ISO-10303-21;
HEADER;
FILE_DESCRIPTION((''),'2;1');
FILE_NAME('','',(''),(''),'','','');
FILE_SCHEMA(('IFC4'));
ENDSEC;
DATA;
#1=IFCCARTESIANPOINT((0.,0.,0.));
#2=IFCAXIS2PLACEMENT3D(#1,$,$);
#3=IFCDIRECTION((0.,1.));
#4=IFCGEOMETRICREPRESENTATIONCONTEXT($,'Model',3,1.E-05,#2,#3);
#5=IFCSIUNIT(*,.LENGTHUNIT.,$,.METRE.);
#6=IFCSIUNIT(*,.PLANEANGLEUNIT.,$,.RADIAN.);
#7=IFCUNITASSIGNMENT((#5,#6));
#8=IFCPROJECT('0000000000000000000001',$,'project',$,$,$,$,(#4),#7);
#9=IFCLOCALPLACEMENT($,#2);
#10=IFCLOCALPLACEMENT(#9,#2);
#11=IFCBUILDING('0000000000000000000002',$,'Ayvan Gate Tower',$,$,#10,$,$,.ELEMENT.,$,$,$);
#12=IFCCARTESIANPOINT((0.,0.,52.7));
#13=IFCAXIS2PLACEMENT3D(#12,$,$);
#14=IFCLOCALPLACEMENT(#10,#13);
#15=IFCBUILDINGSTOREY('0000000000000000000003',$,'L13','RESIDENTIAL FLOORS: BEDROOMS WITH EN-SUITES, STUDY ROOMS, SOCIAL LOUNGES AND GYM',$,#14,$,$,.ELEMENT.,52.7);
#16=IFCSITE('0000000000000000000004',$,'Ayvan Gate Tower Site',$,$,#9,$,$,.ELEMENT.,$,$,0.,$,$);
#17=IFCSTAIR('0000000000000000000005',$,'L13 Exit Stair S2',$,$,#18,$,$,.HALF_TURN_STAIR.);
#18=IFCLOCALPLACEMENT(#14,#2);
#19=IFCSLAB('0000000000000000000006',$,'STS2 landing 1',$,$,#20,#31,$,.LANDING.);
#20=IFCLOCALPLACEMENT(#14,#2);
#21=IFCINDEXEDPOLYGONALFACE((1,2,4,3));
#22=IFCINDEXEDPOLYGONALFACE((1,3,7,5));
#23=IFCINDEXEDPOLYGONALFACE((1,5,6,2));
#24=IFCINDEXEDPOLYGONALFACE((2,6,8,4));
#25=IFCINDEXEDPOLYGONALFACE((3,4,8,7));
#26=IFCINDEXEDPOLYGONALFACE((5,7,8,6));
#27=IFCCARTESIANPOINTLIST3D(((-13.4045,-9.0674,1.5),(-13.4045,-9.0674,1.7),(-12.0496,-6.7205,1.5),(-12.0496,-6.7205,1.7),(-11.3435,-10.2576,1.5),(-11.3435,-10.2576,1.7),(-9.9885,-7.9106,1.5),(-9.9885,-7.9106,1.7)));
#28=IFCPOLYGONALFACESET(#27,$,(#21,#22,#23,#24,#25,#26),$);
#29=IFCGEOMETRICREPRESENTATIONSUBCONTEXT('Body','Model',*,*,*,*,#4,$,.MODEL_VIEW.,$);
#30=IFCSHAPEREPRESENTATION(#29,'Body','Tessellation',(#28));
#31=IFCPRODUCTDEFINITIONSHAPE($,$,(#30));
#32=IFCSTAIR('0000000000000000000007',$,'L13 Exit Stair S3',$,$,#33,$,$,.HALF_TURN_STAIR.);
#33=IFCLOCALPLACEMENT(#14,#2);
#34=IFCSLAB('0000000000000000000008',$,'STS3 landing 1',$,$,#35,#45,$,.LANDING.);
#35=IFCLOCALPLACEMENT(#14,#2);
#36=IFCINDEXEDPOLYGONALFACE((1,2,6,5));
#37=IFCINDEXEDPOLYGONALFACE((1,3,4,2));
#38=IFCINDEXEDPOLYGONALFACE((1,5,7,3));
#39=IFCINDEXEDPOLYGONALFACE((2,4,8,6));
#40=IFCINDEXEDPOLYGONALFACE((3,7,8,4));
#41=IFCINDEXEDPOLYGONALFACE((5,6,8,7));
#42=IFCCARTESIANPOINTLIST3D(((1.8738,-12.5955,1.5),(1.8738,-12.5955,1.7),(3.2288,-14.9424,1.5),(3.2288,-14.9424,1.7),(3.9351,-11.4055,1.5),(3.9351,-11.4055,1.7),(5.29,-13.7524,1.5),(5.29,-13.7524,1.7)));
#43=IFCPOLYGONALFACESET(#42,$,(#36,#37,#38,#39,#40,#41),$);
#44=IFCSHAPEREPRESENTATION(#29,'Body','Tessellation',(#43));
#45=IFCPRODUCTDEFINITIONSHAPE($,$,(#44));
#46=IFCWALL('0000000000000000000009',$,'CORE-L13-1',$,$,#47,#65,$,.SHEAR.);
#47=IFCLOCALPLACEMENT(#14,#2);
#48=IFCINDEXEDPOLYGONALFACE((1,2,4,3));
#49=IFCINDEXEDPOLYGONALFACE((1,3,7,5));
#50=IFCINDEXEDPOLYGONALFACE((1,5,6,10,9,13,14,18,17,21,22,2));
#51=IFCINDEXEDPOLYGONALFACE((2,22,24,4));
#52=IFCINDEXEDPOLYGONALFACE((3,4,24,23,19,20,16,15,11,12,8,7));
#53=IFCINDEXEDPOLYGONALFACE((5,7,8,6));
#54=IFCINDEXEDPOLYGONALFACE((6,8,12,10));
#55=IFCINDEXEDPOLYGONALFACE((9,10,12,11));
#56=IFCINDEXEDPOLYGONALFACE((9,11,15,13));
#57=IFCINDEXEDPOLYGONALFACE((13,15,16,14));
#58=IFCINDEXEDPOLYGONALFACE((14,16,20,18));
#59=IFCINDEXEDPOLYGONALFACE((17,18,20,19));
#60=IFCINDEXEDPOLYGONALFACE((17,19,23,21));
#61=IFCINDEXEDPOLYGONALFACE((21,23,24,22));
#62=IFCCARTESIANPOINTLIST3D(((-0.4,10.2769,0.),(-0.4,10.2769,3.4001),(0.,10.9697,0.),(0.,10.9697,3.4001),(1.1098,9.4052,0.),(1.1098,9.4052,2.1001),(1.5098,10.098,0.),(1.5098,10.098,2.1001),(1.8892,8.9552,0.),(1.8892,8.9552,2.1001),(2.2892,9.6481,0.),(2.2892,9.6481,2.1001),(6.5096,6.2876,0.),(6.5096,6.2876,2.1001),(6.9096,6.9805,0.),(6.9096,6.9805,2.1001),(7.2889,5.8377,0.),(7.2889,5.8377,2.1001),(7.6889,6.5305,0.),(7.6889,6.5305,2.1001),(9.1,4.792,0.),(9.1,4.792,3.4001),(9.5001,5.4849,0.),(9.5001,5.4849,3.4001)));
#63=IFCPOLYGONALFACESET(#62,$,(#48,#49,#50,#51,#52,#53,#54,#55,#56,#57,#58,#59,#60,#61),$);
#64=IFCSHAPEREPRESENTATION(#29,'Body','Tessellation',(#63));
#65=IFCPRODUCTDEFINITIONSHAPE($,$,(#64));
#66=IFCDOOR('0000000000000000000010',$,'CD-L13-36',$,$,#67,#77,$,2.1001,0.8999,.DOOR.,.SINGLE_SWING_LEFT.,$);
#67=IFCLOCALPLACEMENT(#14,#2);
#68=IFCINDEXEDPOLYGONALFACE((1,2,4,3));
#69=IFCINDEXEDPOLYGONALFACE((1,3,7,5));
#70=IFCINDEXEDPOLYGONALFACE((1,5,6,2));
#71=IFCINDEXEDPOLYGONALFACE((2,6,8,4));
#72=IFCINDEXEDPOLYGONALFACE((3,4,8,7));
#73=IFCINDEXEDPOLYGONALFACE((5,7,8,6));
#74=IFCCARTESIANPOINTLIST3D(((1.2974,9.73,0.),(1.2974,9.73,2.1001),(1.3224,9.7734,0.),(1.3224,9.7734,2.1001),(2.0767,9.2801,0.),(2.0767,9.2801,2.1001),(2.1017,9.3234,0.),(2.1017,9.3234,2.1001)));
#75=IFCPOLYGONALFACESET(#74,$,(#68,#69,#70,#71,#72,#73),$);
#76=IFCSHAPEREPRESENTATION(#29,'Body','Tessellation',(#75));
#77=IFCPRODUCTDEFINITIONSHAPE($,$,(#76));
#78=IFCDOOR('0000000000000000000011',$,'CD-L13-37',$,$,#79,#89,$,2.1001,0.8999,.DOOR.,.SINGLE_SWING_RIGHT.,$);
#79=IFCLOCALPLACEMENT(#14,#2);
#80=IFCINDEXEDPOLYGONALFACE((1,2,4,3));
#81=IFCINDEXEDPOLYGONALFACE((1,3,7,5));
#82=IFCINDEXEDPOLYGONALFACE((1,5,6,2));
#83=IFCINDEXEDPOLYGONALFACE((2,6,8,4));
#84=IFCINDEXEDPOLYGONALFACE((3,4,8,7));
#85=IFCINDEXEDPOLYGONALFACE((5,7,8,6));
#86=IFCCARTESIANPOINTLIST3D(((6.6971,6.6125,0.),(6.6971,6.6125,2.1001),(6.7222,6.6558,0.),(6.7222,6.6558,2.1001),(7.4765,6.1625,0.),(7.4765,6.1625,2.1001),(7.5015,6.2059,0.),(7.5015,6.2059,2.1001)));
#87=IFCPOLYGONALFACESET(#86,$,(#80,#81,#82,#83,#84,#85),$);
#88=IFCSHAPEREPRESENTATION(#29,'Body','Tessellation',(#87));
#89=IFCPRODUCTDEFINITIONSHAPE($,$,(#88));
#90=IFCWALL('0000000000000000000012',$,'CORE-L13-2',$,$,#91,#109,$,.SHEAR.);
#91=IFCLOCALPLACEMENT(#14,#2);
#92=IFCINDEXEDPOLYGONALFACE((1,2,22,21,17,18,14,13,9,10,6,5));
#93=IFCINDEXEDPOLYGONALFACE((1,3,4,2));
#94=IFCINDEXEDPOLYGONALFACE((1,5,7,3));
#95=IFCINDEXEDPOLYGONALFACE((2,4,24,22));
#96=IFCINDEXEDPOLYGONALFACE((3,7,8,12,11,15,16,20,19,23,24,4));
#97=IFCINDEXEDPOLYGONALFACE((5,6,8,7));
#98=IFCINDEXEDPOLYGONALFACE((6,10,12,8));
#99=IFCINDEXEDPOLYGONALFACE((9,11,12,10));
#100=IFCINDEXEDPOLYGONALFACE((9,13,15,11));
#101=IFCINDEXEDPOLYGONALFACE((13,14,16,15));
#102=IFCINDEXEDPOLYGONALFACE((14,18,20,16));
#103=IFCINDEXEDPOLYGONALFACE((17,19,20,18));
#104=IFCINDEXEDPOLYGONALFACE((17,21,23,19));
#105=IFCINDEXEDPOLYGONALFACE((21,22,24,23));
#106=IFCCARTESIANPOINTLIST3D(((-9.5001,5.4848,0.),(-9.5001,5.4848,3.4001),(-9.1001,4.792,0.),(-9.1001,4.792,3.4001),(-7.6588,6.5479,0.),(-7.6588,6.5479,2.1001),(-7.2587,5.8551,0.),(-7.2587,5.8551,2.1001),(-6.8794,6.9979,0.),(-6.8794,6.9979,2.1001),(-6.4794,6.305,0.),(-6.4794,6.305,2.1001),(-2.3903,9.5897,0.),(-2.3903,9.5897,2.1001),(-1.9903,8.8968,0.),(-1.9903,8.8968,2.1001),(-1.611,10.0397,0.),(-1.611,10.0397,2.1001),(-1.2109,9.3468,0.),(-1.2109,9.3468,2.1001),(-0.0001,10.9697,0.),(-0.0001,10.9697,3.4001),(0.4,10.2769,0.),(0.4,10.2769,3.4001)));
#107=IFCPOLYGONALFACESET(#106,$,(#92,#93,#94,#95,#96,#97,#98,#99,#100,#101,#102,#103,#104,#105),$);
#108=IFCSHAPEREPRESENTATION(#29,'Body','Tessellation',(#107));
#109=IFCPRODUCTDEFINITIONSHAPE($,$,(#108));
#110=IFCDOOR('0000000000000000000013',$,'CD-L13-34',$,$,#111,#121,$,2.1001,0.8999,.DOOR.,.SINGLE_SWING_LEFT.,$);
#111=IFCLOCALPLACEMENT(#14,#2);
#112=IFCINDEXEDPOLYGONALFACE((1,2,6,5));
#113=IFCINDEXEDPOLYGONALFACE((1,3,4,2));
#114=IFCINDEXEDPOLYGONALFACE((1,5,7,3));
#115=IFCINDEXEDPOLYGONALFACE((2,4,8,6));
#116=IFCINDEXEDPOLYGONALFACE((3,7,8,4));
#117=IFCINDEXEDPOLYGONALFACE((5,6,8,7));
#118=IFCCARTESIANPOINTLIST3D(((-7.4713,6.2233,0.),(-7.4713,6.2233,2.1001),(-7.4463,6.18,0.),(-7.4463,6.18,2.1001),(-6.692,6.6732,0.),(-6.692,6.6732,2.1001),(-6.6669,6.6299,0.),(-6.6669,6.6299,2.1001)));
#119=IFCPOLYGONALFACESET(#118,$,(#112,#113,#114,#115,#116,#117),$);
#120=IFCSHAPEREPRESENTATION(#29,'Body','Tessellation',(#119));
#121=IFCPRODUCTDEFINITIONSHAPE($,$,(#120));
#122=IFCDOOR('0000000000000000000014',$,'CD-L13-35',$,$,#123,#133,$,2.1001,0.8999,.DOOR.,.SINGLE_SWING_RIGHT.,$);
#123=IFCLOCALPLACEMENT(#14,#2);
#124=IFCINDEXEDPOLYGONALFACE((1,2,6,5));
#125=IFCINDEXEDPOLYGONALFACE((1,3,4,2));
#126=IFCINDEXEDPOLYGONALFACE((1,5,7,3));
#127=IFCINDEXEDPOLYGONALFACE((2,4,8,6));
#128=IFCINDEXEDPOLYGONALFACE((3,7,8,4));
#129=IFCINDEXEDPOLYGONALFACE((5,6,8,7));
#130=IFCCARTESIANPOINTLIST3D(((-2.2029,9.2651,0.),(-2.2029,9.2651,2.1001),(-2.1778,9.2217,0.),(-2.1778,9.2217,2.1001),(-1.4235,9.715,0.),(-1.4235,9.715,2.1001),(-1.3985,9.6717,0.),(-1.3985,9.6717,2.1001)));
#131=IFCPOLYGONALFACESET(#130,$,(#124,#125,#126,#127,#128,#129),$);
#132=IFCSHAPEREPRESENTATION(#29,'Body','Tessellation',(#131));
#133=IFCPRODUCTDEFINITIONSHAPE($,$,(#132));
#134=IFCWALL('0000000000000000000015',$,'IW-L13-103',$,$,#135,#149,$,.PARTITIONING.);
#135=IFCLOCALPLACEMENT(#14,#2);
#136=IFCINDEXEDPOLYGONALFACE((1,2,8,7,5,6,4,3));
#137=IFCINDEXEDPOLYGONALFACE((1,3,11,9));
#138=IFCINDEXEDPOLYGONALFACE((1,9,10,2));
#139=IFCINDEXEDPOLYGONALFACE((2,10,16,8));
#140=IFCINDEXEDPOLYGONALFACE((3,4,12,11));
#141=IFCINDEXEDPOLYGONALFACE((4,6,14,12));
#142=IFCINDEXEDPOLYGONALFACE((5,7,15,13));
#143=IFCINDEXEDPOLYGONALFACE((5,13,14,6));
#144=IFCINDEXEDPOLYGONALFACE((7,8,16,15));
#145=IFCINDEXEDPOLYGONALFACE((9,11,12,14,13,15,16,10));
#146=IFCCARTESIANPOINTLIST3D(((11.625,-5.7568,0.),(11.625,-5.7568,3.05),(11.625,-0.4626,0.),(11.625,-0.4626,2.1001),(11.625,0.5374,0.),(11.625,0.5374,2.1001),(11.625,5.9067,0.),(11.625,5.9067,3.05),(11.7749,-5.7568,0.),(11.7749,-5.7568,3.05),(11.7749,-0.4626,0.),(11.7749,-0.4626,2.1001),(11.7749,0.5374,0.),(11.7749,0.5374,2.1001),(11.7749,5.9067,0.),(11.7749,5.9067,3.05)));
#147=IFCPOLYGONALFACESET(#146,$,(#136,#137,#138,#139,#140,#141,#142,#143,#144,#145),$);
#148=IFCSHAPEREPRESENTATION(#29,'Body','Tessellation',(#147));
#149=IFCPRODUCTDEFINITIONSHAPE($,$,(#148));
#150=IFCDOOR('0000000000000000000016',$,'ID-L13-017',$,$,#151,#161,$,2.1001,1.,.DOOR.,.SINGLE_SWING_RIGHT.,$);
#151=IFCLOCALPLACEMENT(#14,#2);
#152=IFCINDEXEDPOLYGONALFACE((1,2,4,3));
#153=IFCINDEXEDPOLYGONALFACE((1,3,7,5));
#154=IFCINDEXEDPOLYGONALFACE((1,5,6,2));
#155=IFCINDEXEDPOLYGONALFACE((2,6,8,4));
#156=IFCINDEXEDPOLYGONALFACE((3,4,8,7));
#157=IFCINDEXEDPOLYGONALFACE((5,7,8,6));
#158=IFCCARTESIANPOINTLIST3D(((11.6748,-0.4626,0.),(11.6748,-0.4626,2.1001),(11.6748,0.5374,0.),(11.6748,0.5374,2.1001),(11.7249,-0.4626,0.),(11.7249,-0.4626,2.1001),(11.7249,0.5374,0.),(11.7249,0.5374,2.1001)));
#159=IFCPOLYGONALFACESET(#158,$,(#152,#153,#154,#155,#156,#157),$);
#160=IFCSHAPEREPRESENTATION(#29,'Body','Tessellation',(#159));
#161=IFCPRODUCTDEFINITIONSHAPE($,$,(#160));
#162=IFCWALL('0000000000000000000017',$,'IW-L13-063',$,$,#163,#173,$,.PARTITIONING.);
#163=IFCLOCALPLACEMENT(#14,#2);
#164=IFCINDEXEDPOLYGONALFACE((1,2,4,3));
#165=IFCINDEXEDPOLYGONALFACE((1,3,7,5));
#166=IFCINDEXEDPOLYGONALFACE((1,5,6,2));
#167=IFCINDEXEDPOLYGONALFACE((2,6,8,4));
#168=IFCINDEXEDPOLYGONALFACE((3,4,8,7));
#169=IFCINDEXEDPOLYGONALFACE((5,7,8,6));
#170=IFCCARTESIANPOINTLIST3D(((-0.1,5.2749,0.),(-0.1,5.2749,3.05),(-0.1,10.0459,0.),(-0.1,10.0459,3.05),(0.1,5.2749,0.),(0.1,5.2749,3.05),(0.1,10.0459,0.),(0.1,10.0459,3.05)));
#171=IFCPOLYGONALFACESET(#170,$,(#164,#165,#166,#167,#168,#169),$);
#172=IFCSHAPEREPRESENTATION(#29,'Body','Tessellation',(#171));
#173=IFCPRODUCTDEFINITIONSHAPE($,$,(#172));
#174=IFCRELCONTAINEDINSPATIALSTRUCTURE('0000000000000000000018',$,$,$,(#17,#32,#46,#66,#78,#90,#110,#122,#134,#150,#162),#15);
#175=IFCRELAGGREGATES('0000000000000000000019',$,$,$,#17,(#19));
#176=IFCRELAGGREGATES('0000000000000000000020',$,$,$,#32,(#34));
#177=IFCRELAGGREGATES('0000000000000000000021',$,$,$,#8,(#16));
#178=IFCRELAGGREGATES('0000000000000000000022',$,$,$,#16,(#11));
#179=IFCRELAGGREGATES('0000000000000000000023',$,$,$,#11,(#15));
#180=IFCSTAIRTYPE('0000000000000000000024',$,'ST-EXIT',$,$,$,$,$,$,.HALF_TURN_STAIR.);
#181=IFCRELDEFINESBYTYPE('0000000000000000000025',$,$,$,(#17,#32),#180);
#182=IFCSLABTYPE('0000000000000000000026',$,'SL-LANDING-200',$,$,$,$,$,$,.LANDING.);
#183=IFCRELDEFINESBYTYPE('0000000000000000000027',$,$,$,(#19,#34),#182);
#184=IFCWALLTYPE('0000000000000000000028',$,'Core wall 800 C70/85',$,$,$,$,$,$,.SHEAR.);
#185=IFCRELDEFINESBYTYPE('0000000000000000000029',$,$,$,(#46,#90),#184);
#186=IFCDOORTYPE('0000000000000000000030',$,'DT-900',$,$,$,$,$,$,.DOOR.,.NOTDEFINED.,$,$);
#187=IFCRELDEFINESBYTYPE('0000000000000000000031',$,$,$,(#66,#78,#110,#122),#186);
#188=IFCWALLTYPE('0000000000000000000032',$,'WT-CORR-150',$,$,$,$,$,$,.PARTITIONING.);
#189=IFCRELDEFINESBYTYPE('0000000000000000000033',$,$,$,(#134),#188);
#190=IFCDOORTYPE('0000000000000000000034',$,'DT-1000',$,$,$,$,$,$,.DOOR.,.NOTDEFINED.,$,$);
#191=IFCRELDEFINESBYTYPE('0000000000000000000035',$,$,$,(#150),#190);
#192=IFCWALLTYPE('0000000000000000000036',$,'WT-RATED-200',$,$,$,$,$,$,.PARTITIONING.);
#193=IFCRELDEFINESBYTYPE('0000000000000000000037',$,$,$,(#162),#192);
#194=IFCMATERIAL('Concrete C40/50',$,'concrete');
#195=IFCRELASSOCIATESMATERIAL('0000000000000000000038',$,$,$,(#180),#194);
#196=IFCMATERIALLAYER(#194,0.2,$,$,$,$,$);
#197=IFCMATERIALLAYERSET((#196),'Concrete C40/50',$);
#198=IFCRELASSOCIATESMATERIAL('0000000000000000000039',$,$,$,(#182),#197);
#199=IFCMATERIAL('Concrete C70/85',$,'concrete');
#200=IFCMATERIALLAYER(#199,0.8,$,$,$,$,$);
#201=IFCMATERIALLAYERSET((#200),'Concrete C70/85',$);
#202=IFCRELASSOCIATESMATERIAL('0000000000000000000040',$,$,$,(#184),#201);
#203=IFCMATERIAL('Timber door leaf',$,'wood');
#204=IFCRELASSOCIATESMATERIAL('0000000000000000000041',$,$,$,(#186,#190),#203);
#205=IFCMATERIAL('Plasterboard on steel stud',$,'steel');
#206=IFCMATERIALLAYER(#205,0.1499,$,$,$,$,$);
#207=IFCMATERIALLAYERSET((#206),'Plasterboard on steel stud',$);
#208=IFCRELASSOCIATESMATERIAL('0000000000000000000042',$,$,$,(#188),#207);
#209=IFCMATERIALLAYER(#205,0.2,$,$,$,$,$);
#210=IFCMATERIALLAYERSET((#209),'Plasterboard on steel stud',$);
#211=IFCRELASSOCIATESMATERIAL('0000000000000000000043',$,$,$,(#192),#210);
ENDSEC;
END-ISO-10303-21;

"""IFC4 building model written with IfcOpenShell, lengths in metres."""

from ifc_helpers import new_model, si_unit, direction, frame, frame_2d, origin, place, context, subcontext, project, spatial, polyline, rectangle, outline, extrude, material, layer, layer_set, type_object, element, fill, aggregate, save


model = new_model("IFC4")

# Units and contexts
model_context = context("Model", 3, precision=1e-05, world=origin(), true_north=direction((0.0, 1.0)))
body_context = subcontext(model_context, "Body", "Model", "MODEL_VIEW")
ifc_project = project(units=[si_unit("LENGTHUNIT", "METRE"), si_unit("PLANEANGLEUNIT", "RADIAN")], contexts=[model_context])

# Site, building, storey
site_placement = place(None, origin())
site = spatial("IfcSite", under=ifc_project, at=site_placement, Name="Ayvan Gate Tower Site", CompositionType="ELEMENT", RefElevation=0.0)
building_placement = place(site_placement, origin())
building = spatial("IfcBuilding", under=site, at=building_placement, Name="Ayvan Gate Tower", CompositionType="ELEMENT")
storey_placement = place(building_placement, frame((0.0, 0.0, 52.7)))
storey = spatial("IfcBuildingStorey", under=building, at=storey_placement, Name="L13", Description="RESIDENTIAL FLOORS: BEDROOMS WITH EN-SUITES, STUDY ROOMS, SOCIAL LOUNGES AND GYM", CompositionType="ELEMENT", Elevation=52.7)

# Stairs, slabs
ifc_material_1 = material(Name="Concrete C40/50", Category="concrete")
stair_type = type_object("IfcStairType", Name="ST-EXIT", PredefinedType="HALF_TURN_STAIR", material=ifc_material_1)
stair_1_placement = place(storey_placement, origin())
stair_1 = element("IfcStair", 1, at=stair_1_placement, inside=storey, type_object=stair_type, Name="L13 Exit Stair S2", PredefinedType="HALF_TURN_STAIR")
ifc_layer_1 = layer(ifc_material_1, 0.2)
ifc_layer_set_1 = layer_set([ifc_layer_1], Name="Concrete C40/50")
slab_type = type_object("IfcSlabType", Name="SL-LANDING-200", PredefinedType="LANDING", material=ifc_layer_set_1)
slab_1_placement = place(storey_placement, frame((0.0, 0.0, 1.5)))
slab_1 = element("IfcSlab", 2, at=slab_1_placement, type_object=slab_type, Name="STS2 landing 1", PredefinedType="LANDING", context=body_context, shape_type="SweptSolid", body=[
    extrude(outline(polyline([(-9.9885, -7.9106), (-12.0496, -6.7205), (-13.4045, -9.0674), (-11.3435, -10.2576), (-9.9885, -7.9106)])), origin(), (0.0, 0.0, 1.0), 0.2),
])
aggregate(stair_1, [slab_1])
stair_2_placement = place(storey_placement, origin())
stair_2 = element("IfcStair", 3, at=stair_2_placement, inside=storey, type_object=stair_type, Name="L13 Exit Stair S3", PredefinedType="HALF_TURN_STAIR")
slab_2_placement = place(storey_placement, frame((0.0, 0.0, 1.5)))
slab_2 = element("IfcSlab", 4, at=slab_2_placement, type_object=slab_type, Name="STS3 landing 1", PredefinedType="LANDING", context=body_context, shape_type="SweptSolid", body=[
    extrude(outline(polyline([(3.9351, -11.4055), (1.8738, -12.5955), (3.2288, -14.9424), (5.29, -13.7524), (3.9351, -11.4055)])), origin(), (0.0, 0.0, 1.0), 0.2),
])
aggregate(stair_2, [slab_2])

# Walls, openings, doors
ifc_material_2 = material(Name="Concrete C70/85", Category="concrete")
ifc_layer_2 = layer(ifc_material_2, 0.8)
ifc_layer_set_2 = layer_set([ifc_layer_2], Name="Concrete C70/85")
wall_type_1 = type_object("IfcWallType", Name="Core wall 800 C70/85", PredefinedType="SHEAR", material=ifc_layer_set_2)
wall_1_placement = place(storey_placement, frame((9.3, 5.1384, 0.0), z_axis=(0.0, 0.0, 1.0), x_axis=(-0.866024, 0.500002, 0.0)))
wall_1 = element("IfcWall", 5, at=wall_1_placement, inside=storey, type_object=wall_type_1, Name="CORE-L13-1", PredefinedType="SHEAR", context=body_context, shape_type="SweptSolid", body=[
    extrude(rectangle(XDim=10.9697, YDim=0.8, at=frame_2d((5.4849, 0.0))), origin(), (0.0, 0.0, 1.0), 3.4001),
])
opening_1_placement = place(wall_1_placement, frame((8.3264, 0.0, 0.0)))
opening_1 = element("IfcOpeningElement", 6, at=opening_1_placement, cuts=wall_1, PredefinedType="OPENING", context=body_context, shape_type="SweptSolid", body=[
    extrude(rectangle(XDim=0.8999, YDim=2.1001, at=frame_2d((0.45, 1.05))), frame((0.0, 0.4099, 0.0), z_axis=(0.0, -1.0, 0.0), x_axis=(1.0, 0.0, 0.0)), (0.0, 0.0, 1.0), 0.8201),
])
opening_2_placement = place(wall_1_placement, frame((2.0913, 0.0, 0.0)))
opening_2 = element("IfcOpeningElement", 7, at=opening_2_placement, cuts=wall_1, PredefinedType="OPENING", context=body_context, shape_type="SweptSolid", body=[
    extrude(rectangle(XDim=0.8999, YDim=2.1001, at=frame_2d((0.45, 1.05))), frame((0.0, 0.4099, 0.0), z_axis=(0.0, -1.0, 0.0), x_axis=(1.0, 0.0, 0.0)), (0.0, 0.0, 1.0), 0.8201),
])
ifc_material_3 = material(Name="Timber door leaf", Category="wood")
door_type_1 = type_object("IfcDoorType", Name="DT-900", OperationType="NOTDEFINED", PredefinedType="DOOR", material=ifc_material_3)
door_1_placement = place(opening_1_placement, origin())
door_1 = element("IfcDoor", 8, at=door_1_placement, inside=storey, type_object=door_type_1, Name="CD-L13-36", OperationType="SINGLE_SWING_LEFT", OverallHeight=2.1001, OverallWidth=0.8999, PredefinedType="DOOR", context=body_context, shape_type="SweptSolid", body=[
    extrude(rectangle(XDim=0.8999, YDim=2.1001, at=frame_2d((0.45, 1.05))), frame((0.0, 0.0249, 0.0), z_axis=(0.0, -1.0, 0.0), x_axis=(1.0, 0.0, 0.0)), (0.0, 0.0, 1.0), 0.05),
])
fill(opening_1, door_1)
door_2_placement = place(opening_2_placement, origin())
door_2 = element("IfcDoor", 9, at=door_2_placement, inside=storey, type_object=door_type_1, Name="CD-L13-37", OperationType="SINGLE_SWING_RIGHT", OverallHeight=2.1001, OverallWidth=0.8999, PredefinedType="DOOR", context=body_context, shape_type="SweptSolid", body=[
    extrude(rectangle(XDim=0.8999, YDim=2.1001, at=frame_2d((0.45, 1.05))), frame((0.0, 0.0249, 0.0), z_axis=(0.0, -1.0, 0.0), x_axis=(1.0, 0.0, 0.0)), (0.0, 0.0, 1.0), 0.05),
])
fill(opening_2, door_2)
wall_2_placement = place(storey_placement, frame((0.2, 10.6233, 0.0), z_axis=(0.0, 0.0, 1.0), x_axis=(-0.866024, -0.500002, 0.0)))
wall_2 = element("IfcWall", 10, at=wall_2_placement, inside=storey, type_object=wall_type_1, Name="CORE-L13-2", PredefinedType="SHEAR", context=body_context, shape_type="SweptSolid", body=[
    extrude(rectangle(XDim=10.9697, YDim=0.8, at=frame_2d((5.4849, 0.0))), origin(), (0.0, 0.0, 1.0), 3.4001),
])
opening_3_placement = place(wall_2_placement, frame((7.9436, 0.0, 0.0)))
opening_3 = element("IfcOpeningElement", 11, at=opening_3_placement, cuts=wall_2, PredefinedType="OPENING", context=body_context, shape_type="SweptSolid", body=[
    extrude(rectangle(XDim=0.8999, YDim=2.1001, at=frame_2d((0.45, 1.05))), frame((0.0, 0.4099, 0.0), z_axis=(0.0, -1.0, 0.0), x_axis=(1.0, 0.0, 0.0)), (0.0, 0.0, 1.0), 0.8201),
])
opening_4_placement = place(wall_2_placement, frame((1.8601, 0.0, 0.0)))
opening_4 = element("IfcOpeningElement", 12, at=opening_4_placement, cuts=wall_2, PredefinedType="OPENING", context=body_context, shape_type="SweptSolid", body=[
    extrude(rectangle(XDim=0.8999, YDim=2.1001, at=frame_2d((0.45, 1.05))), frame((0.0, 0.4099, 0.0), z_axis=(0.0, -1.0, 0.0), x_axis=(1.0, 0.0, 0.0)), (0.0, 0.0, 1.0), 0.8201),
])
door_3_placement = place(opening_3_placement, origin())
door_3 = element("IfcDoor", 13, at=door_3_placement, inside=storey, type_object=door_type_1, Name="CD-L13-34", OperationType="SINGLE_SWING_LEFT", OverallHeight=2.1001, OverallWidth=0.8999, PredefinedType="DOOR", context=body_context, shape_type="SweptSolid", body=[
    extrude(rectangle(XDim=0.8999, YDim=2.1001, at=frame_2d((0.45, 1.05))), frame((0.0, 0.0249, 0.0), z_axis=(0.0, -1.0, 0.0), x_axis=(1.0, 0.0, 0.0)), (0.0, 0.0, 1.0), 0.05),
])
fill(opening_3, door_3)
door_4_placement = place(opening_4_placement, origin())
door_4 = element("IfcDoor", 14, at=door_4_placement, inside=storey, type_object=door_type_1, Name="CD-L13-35", OperationType="SINGLE_SWING_RIGHT", OverallHeight=2.1001, OverallWidth=0.8999, PredefinedType="DOOR", context=body_context, shape_type="SweptSolid", body=[
    extrude(rectangle(XDim=0.8999, YDim=2.1001, at=frame_2d((0.45, 1.05))), frame((0.0, 0.0249, 0.0), z_axis=(0.0, -1.0, 0.0), x_axis=(1.0, 0.0, 0.0)), (0.0, 0.0, 1.0), 0.05),
])
fill(opening_4, door_4)

# Wall, opening, door
ifc_material_4 = material(Name="Plasterboard on steel stud", Category="steel")
ifc_layer_3 = layer(ifc_material_4, 0.1499)
ifc_layer_set_3 = layer_set([ifc_layer_3], Name="Plasterboard on steel stud")
wall_type_2 = type_object("IfcWallType", Name="WT-CORR-150", PredefinedType="PARTITIONING", material=ifc_layer_set_3)
wall_3_placement = place(storey_placement, frame((11.7, 5.9067, 0.0), z_axis=(0.0, 0.0, 1.0), x_axis=(0.0, -1.0, 0.0)))
wall_3 = element("IfcWall", 15, at=wall_3_placement, inside=storey, type_object=wall_type_2, Name="IW-L13-103", PredefinedType="PARTITIONING", context=body_context, shape_type="SweptSolid", body=[
    extrude(rectangle(XDim=11.6636, YDim=0.1499, at=frame_2d((5.8318, 0.0))), origin(), (0.0, 0.0, 1.0), 3.05),
])
opening_5_placement = place(wall_3_placement, frame((5.3694, 0.0, 0.0)))
opening_5 = element("IfcOpeningElement", 16, at=opening_5_placement, cuts=wall_3, PredefinedType="OPENING", context=body_context, shape_type="SweptSolid", body=[
    extrude(rectangle(XDim=1.0, YDim=2.1001, at=frame_2d((0.5, 1.05))), frame((0.0, 0.085, 0.0), z_axis=(0.0, -1.0, 0.0), x_axis=(1.0, 0.0, 0.0)), (0.0, 0.0, 1.0), 0.1699),
])
door_type_2 = type_object("IfcDoorType", Name="DT-1000", OperationType="NOTDEFINED", PredefinedType="DOOR", material=ifc_material_3)
door_5_placement = place(opening_5_placement, origin())
door_5 = element("IfcDoor", 17, at=door_5_placement, inside=storey, type_object=door_type_2, Name="ID-L13-017", OperationType="SINGLE_SWING_RIGHT", OverallHeight=2.1001, OverallWidth=1.0, PredefinedType="DOOR", context=body_context, shape_type="SweptSolid", body=[
    extrude(rectangle(XDim=1.0, YDim=2.1001, at=frame_2d((0.5, 1.05))), frame((0.0, 0.0249, 0.0), z_axis=(0.0, -1.0, 0.0), x_axis=(1.0, 0.0, 0.0)), (0.0, 0.0, 1.0), 0.05),
])
fill(opening_5, door_5)

# Wall
ifc_layer_4 = layer(ifc_material_4, 0.2)
ifc_layer_set_4 = layer_set([ifc_layer_4], Name="Plasterboard on steel stud")
wall_type_3 = type_object("IfcWallType", Name="WT-RATED-200", PredefinedType="PARTITIONING", material=ifc_layer_set_4)
wall_4_placement = place(storey_placement, frame((0.0, 10.0459, 0.0), z_axis=(0.0, 0.0, 1.0), x_axis=(0.0, -1.0, 0.0)))
element("IfcWall", 18, at=wall_4_placement, inside=storey, type_object=wall_type_3, Name="IW-L13-063", PredefinedType="PARTITIONING", context=body_context, shape_type="SweptSolid", body=[
    extrude(rectangle(XDim=4.771, YDim=0.2, at=frame_2d((2.3855, 0.0))), origin(), (0.0, 0.0, 1.0), 3.05),
])

save(model, "model.ifc")
